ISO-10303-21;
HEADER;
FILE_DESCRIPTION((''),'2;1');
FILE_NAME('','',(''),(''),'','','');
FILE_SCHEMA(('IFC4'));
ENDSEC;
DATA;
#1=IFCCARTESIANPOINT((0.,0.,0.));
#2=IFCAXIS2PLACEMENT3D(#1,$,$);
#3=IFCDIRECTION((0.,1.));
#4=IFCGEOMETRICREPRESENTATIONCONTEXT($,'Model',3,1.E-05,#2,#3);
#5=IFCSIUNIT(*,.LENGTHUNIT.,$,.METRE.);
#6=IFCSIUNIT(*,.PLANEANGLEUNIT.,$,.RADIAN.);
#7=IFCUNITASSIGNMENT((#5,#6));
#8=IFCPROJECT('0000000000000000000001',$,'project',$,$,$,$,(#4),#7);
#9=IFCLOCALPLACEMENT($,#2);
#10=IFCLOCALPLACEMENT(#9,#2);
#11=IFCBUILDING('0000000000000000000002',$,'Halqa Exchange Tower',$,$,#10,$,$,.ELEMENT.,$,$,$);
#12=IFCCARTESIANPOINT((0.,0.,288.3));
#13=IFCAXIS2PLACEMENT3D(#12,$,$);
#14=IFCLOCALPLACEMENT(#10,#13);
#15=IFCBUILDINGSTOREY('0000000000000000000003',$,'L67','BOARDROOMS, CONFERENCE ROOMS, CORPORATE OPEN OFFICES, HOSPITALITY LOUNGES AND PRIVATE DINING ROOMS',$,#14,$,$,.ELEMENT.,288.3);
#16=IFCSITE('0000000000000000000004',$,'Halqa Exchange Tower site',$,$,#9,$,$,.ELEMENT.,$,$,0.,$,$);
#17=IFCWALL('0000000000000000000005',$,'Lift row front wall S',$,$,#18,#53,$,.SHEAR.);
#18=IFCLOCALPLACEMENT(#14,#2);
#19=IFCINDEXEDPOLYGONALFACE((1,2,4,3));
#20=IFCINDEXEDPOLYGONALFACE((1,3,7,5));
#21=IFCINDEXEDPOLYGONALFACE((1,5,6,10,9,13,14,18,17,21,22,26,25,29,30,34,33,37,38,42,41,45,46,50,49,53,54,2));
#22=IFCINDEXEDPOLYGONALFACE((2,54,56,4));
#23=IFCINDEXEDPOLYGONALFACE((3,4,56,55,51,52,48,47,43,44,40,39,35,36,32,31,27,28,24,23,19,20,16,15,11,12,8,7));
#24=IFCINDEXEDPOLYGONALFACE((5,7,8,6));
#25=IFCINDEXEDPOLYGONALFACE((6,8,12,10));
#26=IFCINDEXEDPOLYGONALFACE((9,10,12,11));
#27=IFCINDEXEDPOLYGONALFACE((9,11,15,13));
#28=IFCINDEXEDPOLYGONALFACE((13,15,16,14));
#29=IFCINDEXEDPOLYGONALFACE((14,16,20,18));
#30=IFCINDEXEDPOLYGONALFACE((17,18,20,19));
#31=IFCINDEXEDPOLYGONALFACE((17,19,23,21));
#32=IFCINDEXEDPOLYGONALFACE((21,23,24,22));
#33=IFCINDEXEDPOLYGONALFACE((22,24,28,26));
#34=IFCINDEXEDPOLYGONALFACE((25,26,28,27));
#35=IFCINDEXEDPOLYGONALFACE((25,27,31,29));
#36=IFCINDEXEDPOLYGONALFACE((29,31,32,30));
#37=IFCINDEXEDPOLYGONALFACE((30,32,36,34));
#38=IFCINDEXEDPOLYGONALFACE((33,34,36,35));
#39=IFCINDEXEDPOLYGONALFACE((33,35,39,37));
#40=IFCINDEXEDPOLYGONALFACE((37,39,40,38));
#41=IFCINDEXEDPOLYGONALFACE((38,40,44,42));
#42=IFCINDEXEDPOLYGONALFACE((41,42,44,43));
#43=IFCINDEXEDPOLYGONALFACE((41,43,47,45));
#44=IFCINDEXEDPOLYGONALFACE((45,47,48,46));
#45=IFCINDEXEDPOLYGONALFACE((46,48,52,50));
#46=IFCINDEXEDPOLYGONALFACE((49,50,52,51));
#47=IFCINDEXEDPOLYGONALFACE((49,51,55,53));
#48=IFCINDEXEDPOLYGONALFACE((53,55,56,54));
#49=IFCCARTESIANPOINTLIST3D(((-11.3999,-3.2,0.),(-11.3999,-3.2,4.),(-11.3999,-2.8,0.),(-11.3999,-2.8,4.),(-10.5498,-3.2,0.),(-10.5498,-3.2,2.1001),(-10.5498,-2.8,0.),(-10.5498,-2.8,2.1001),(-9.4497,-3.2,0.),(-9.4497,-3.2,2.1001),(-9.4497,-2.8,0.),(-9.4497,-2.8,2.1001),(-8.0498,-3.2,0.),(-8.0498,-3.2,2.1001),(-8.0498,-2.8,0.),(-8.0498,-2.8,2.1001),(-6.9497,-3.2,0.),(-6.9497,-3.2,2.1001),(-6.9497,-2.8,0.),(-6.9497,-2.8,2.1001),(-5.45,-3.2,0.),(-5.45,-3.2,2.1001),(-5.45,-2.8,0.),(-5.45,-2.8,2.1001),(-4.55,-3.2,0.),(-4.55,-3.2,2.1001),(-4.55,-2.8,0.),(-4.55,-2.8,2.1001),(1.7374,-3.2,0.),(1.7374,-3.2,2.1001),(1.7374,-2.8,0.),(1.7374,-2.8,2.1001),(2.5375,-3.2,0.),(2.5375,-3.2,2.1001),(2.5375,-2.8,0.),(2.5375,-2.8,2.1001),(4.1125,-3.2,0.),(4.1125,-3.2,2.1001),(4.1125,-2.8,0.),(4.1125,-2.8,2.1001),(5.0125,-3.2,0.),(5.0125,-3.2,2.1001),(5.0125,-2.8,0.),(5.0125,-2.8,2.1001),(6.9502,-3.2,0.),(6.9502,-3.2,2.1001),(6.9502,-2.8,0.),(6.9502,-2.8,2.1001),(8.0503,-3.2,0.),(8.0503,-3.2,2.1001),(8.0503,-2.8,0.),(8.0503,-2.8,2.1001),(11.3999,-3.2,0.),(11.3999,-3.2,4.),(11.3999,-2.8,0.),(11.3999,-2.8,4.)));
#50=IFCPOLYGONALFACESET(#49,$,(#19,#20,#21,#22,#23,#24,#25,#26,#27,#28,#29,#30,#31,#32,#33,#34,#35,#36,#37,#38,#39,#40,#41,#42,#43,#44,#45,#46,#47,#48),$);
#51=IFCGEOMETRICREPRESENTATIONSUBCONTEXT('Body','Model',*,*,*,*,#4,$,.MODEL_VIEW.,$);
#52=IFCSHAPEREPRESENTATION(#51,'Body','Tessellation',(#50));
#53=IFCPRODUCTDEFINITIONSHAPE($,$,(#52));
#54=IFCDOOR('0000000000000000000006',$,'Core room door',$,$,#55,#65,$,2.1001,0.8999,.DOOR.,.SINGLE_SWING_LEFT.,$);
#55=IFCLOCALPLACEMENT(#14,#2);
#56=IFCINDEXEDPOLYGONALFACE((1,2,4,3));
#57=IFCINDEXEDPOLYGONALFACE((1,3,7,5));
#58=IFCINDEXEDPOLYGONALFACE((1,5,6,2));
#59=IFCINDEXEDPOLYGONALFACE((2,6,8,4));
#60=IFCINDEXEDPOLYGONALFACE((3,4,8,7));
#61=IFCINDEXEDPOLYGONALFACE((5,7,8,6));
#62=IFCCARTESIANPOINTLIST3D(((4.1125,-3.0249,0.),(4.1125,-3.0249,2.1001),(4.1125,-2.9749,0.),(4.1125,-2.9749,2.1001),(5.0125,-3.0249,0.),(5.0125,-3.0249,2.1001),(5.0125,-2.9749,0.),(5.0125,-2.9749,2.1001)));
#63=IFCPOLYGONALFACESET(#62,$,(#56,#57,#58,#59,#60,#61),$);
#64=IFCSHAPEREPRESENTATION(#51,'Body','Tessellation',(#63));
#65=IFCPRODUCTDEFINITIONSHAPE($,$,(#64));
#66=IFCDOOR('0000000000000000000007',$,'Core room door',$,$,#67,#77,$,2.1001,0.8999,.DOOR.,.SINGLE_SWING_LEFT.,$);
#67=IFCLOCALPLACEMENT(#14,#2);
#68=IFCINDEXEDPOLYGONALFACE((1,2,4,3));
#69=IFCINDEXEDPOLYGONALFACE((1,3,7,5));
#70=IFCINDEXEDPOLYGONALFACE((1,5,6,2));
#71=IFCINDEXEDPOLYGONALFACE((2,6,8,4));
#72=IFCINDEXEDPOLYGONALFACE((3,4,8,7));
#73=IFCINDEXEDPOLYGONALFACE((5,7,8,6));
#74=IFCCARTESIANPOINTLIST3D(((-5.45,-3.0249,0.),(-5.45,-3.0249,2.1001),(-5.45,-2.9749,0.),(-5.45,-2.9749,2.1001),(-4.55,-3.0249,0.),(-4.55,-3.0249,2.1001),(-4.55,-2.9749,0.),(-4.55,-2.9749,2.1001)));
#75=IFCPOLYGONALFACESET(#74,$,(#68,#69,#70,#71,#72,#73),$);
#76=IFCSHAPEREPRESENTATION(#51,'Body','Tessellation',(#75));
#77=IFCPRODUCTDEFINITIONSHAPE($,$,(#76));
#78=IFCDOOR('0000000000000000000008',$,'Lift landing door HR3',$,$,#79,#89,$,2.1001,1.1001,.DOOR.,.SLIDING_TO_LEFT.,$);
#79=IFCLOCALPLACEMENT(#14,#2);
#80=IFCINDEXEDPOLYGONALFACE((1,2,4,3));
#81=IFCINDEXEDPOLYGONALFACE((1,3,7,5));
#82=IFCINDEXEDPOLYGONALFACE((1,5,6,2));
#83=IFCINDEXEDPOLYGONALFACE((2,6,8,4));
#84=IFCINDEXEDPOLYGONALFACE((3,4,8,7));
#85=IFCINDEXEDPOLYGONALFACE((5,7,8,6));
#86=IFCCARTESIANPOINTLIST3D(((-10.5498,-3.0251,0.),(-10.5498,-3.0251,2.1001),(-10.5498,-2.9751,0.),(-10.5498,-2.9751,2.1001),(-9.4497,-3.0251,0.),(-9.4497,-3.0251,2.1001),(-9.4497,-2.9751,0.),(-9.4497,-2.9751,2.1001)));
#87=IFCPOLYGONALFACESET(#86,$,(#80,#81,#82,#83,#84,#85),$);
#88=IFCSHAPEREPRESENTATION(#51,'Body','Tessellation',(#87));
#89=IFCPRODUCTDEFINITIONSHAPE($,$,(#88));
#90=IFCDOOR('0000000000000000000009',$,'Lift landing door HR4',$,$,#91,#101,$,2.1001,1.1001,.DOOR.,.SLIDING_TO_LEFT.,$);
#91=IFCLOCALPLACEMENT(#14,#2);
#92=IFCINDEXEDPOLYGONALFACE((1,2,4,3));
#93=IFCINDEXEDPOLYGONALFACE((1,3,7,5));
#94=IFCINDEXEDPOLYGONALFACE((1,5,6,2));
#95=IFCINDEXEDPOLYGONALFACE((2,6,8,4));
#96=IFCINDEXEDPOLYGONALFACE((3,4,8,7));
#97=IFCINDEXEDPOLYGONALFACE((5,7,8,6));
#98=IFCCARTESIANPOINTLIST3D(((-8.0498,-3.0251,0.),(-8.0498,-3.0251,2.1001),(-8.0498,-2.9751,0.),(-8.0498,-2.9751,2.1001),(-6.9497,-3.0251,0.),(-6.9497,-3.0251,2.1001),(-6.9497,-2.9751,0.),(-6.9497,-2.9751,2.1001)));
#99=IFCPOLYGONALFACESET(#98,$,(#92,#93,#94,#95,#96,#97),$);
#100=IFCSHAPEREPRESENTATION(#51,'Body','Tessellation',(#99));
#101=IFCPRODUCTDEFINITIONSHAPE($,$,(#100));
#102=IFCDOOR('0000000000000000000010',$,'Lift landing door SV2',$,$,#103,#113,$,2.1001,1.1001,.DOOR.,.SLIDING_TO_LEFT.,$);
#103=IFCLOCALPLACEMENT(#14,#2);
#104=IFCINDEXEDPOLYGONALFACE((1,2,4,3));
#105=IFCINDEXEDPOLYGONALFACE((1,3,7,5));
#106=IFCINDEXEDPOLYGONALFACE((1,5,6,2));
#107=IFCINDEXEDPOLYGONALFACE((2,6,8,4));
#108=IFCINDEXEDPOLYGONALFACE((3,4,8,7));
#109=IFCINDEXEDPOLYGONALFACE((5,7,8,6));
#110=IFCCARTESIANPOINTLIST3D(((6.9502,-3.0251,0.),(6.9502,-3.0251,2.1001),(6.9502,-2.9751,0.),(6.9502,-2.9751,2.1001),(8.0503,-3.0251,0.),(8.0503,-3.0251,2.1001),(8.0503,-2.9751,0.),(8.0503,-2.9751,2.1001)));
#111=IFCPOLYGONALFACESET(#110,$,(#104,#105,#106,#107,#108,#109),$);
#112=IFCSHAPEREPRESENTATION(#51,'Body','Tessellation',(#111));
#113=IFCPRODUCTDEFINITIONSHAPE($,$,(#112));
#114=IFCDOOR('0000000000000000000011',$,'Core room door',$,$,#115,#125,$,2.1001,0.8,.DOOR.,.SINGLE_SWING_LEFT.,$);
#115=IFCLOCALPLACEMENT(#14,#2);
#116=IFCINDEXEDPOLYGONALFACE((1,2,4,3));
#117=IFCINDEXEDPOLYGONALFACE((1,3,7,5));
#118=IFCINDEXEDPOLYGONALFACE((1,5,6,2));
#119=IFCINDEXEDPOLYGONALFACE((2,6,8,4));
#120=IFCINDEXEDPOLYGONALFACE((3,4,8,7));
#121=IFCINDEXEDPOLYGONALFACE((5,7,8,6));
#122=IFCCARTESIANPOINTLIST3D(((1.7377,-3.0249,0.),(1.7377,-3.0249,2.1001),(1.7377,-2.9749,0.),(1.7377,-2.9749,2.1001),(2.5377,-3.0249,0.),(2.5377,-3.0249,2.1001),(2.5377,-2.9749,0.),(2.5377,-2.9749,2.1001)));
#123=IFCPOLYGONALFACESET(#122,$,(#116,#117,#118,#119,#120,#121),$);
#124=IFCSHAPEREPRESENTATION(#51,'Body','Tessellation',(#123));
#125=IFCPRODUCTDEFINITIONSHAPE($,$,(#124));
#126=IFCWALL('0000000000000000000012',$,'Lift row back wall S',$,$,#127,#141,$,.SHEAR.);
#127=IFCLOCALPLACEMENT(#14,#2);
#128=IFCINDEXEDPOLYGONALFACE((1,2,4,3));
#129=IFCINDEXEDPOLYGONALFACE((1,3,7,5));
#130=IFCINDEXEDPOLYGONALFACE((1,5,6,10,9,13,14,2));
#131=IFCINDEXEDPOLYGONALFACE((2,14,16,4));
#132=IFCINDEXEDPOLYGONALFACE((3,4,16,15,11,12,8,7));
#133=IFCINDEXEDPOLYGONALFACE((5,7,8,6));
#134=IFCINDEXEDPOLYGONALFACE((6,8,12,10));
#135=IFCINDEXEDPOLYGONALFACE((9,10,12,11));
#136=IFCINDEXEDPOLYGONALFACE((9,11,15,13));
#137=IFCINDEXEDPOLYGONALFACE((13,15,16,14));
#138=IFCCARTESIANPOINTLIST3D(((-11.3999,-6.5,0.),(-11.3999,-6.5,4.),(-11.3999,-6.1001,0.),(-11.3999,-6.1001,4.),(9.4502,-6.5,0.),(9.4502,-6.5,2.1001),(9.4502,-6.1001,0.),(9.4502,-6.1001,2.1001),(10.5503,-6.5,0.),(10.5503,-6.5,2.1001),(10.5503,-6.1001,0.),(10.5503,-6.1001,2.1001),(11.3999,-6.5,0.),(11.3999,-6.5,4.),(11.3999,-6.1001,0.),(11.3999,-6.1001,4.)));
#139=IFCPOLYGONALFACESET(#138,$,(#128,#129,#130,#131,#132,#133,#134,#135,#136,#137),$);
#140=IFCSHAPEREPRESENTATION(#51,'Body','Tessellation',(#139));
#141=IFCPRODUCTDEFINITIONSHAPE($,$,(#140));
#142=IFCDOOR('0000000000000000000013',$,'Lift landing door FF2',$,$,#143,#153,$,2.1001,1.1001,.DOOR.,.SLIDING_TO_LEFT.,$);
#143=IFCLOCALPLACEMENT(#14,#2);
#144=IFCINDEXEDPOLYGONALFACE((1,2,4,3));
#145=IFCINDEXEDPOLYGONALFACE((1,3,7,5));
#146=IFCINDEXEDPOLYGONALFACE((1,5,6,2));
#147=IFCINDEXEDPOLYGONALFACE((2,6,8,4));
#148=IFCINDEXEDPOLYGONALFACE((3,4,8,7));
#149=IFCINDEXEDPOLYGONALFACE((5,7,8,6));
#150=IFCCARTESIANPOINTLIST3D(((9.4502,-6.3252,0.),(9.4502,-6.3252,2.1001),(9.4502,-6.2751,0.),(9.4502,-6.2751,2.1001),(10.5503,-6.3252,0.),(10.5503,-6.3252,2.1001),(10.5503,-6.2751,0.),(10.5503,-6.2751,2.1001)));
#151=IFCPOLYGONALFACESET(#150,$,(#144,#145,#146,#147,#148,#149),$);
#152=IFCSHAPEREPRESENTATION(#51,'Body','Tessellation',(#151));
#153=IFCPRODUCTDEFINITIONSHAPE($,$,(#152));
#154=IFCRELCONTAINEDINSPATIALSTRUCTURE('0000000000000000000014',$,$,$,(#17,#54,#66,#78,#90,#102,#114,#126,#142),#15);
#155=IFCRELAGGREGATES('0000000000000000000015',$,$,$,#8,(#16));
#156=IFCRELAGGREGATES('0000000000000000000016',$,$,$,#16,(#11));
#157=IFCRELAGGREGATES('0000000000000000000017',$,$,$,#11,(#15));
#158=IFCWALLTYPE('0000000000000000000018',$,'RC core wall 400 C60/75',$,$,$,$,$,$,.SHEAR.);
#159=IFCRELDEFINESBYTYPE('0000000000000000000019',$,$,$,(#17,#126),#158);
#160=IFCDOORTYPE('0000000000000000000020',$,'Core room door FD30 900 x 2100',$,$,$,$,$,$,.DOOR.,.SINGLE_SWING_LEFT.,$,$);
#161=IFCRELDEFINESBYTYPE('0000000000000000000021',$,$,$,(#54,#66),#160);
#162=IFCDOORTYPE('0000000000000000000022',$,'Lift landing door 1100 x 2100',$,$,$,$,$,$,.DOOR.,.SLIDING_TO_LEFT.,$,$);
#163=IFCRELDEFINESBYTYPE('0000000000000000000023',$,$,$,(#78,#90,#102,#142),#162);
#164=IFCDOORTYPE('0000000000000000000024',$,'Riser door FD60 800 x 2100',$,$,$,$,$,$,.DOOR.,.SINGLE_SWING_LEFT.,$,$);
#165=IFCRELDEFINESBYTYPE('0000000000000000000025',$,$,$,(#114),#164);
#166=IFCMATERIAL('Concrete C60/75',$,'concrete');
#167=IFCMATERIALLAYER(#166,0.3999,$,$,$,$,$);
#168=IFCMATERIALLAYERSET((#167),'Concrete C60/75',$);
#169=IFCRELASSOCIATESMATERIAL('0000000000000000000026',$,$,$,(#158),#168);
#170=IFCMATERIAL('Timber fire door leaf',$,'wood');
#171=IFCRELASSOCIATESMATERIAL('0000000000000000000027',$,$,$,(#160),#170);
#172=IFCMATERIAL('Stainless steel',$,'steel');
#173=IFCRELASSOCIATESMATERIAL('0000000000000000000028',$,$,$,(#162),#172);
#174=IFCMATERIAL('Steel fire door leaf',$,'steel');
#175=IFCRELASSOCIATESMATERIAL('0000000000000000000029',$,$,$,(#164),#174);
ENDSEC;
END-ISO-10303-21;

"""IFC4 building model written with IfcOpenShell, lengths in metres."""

from ifc_helpers import new_model, si_unit, direction, frame, frame_2d, origin, place, context, subcontext, project, spatial, rectangle, extrude, material, layer, layer_set, type_object, element, fill, save


model = new_model("IFC4")

# Units and contexts
model_context = context("Model", 3, precision=1e-05, world=origin(), true_north=direction((0.0, 1.0)))
body_context = subcontext(model_context, "Body", "Model", "MODEL_VIEW")
ifc_project = project(units=[si_unit("LENGTHUNIT", "METRE"), si_unit("PLANEANGLEUNIT", "RADIAN")], contexts=[model_context])

# Site, building, storey
site_placement = place(None, origin())
site = spatial("IfcSite", under=ifc_project, at=site_placement, Name="Halqa Exchange Tower site", CompositionType="ELEMENT", RefElevation=0.0)
building_placement = place(site_placement, origin())
building = spatial("IfcBuilding", under=site, at=building_placement, Name="Halqa Exchange Tower", CompositionType="ELEMENT")
storey_placement = place(building_placement, frame((0.0, 0.0, 288.3)))
storey = spatial("IfcBuildingStorey", under=building, at=storey_placement, Name="L67", Description="BOARDROOMS, CONFERENCE ROOMS, CORPORATE OPEN OFFICES, HOSPITALITY LOUNGES AND PRIVATE DINING ROOMS", CompositionType="ELEMENT", Elevation=288.3)

# Shared definitions
ifc_material_1 = material(Name="Concrete C60/75", Category="concrete")

# Wall, openings, doors
ifc_layer_1 = layer(ifc_material_1, 0.3999)
ifc_layer_set_1 = layer_set([ifc_layer_1], Name="Concrete C60/75")
wall_type_1 = type_object("IfcWallType", Name="RC core wall 400 C60/75", PredefinedType="SHEAR", material=ifc_layer_set_1)
wall_1_placement = place(storey_placement, frame((-11.3999, -3.0, 0.0), z_axis=(0.0, 0.0, 1.0), x_axis=(1.0, 0.0, 0.0)))
wall_1 = element("IfcWall", 1, at=wall_1_placement, inside=storey, type_object=wall_type_1, Name="Lift row front wall S", PredefinedType="SHEAR", context=body_context, shape_type="SweptSolid", body=[
    extrude(rectangle(XDim=22.7998, YDim=0.3999, at=frame_2d((11.3999, 0.0))), origin(), (0.0, 0.0, 1.0), 4.0),
])
opening_1_placement = place(wall_1_placement, frame((0.8501, 0.0, 0.0)))
opening_1 = element("IfcOpeningElement", 2, at=opening_1_placement, cuts=wall_1, PredefinedType="OPENING", context=body_context, shape_type="SweptSolid", body=[
    extrude(rectangle(XDim=1.1001, YDim=2.1001, at=frame_2d((0.55, 1.05))), frame((0.0, 0.2119, 0.0), z_axis=(0.0, -1.0, 0.0), x_axis=(1.0, 0.0, 0.0)), (0.0, 0.0, 1.0), 0.4238),
])
opening_2_placement = place(wall_1_placement, frame((3.3501, 0.0, 0.0)))
opening_2 = element("IfcOpeningElement", 3, at=opening_2_placement, cuts=wall_1, PredefinedType="OPENING", context=body_context, shape_type="SweptSolid", body=[
    extrude(rectangle(XDim=1.1001, YDim=2.1001, at=frame_2d((0.55, 1.05))), frame((0.0, 0.2119, 0.0), z_axis=(0.0, -1.0, 0.0), x_axis=(1.0, 0.0, 0.0)), (0.0, 0.0, 1.0), 0.4238),
])
opening_3_placement = place(wall_1_placement, frame((18.3501, 0.0, 0.0)))
opening_3 = element("IfcOpeningElement", 4, at=opening_3_placement, cuts=wall_1, PredefinedType="OPENING", context=body_context, shape_type="SweptSolid", body=[
    extrude(rectangle(XDim=1.1001, YDim=2.1001, at=frame_2d((0.55, 1.05))), frame((0.0, 0.2119, 0.0), z_axis=(0.0, -1.0, 0.0), x_axis=(1.0, 0.0, 0.0)), (0.0, 0.0, 1.0), 0.4238),
])
opening_4_placement = place(wall_1_placement, frame((13.1375, 0.0, 0.0)))
opening_4 = element("IfcOpeningElement", 5, at=opening_4_placement, cuts=wall_1, PredefinedType="OPENING", context=body_context, shape_type="SweptSolid", body=[
    extrude(rectangle(XDim=0.8, YDim=2.1001, at=frame_2d((0.3999, 1.05))), frame((0.0, 0.2119, 0.0), z_axis=(0.0, -1.0, 0.0), x_axis=(1.0, 0.0, 0.0)), (0.0, 0.0, 1.0), 0.4238),
])
opening_5_placement = place(wall_1_placement, frame((15.5125, 0.0, 0.0)))
opening_5 = element("IfcOpeningElement", 6, at=opening_5_placement, cuts=wall_1, PredefinedType="OPENING", context=body_context, shape_type="SweptSolid", body=[
    extrude(rectangle(XDim=0.8999, YDim=2.1001, at=frame_2d((0.45, 1.05))), frame((0.0, 0.2119, 0.0), z_axis=(0.0, -1.0, 0.0), x_axis=(1.0, 0.0, 0.0)), (0.0, 0.0, 1.0), 0.4238),
])
opening_6_placement = place(wall_1_placement, frame((5.95, 0.0, 0.0)))
opening_6 = element("IfcOpeningElement", 7, at=opening_6_placement, cuts=wall_1, PredefinedType="OPENING", context=body_context, shape_type="SweptSolid", body=[
    extrude(rectangle(XDim=0.8999, YDim=2.1001, at=frame_2d((0.45, 1.05))), frame((0.0, 0.2119, 0.0), z_axis=(0.0, -1.0, 0.0), x_axis=(1.0, 0.0, 0.0)), (0.0, 0.0, 1.0), 0.4238),
])
ifc_material_2 = material(Name="Timber fire door leaf", Category="wood")
door_type_1 = type_object("IfcDoorType", Name="Core room door FD30 900 x 2100", OperationType="SINGLE_SWING_LEFT", PredefinedType="DOOR", material=ifc_material_2)
door_1_placement = place(opening_5_placement, frame((0.8999, 0.0, 0.0), z_axis=(0.0, 0.0, 1.0), x_axis=(-1.0, 0.0, 0.0)))
door_1 = element("IfcDoor", 8, at=door_1_placement, inside=storey, type_object=door_type_1, Name="Core room door", OperationType="SINGLE_SWING_LEFT", OverallHeight=2.1001, OverallWidth=0.8999, PredefinedType="DOOR", context=body_context, shape_type="SweptSolid", body=[
    extrude(rectangle(XDim=0.8999, YDim=2.1001, at=frame_2d((0.45, 1.05))), frame((0.0, 0.0249, 0.0), z_axis=(0.0, -1.0, 0.0), x_axis=(1.0, 0.0, 0.0)), (0.0, 0.0, 1.0), 0.05),
])
fill(opening_5, door_1)
door_2_placement = place(opening_6_placement, frame((0.8999, 0.0, 0.0), z_axis=(0.0, 0.0, 1.0), x_axis=(-1.0, 0.0, 0.0)))
door_2 = element("IfcDoor", 9, at=door_2_placement, inside=storey, type_object=door_type_1, Name="Core room door", OperationType="SINGLE_SWING_LEFT", OverallHeight=2.1001, OverallWidth=0.8999, PredefinedType="DOOR", context=body_context, shape_type="SweptSolid", body=[
    extrude(rectangle(XDim=0.8999, YDim=2.1001, at=frame_2d((0.45, 1.05))), frame((0.0, 0.0249, 0.0), z_axis=(0.0, -1.0, 0.0), x_axis=(1.0, 0.0, 0.0)), (0.0, 0.0, 1.0), 0.05),
])
fill(opening_6, door_2)
ifc_material_3 = material(Name="Stainless steel", Category="steel")
door_type_2 = type_object("IfcDoorType", Name="Lift landing door 1100 x 2100", OperationType="SLIDING_TO_LEFT", PredefinedType="DOOR", material=ifc_material_3)
door_3_placement = place(opening_1_placement, origin())
door_3 = element("IfcDoor", 10, at=door_3_placement, inside=storey, type_object=door_type_2, Name="Lift landing door HR3", OperationType="SLIDING_TO_LEFT", OverallHeight=2.1001, OverallWidth=1.1001, PredefinedType="DOOR", context=body_context, shape_type="SweptSolid", body=[
    extrude(rectangle(XDim=1.1001, YDim=2.1001, at=frame_2d((0.55, 1.05))), frame((0.0, 0.0249, 0.0), z_axis=(0.0, -1.0, 0.0), x_axis=(1.0, 0.0, 0.0)), (0.0, 0.0, 1.0), 0.05),
])
fill(opening_1, door_3)
door_4_placement = place(opening_2_placement, origin())
door_4 = element("IfcDoor", 11, at=door_4_placement, inside=storey, type_object=door_type_2, Name="Lift landing door HR4", OperationType="SLIDING_TO_LEFT", OverallHeight=2.1001, OverallWidth=1.1001, PredefinedType="DOOR", context=body_context, shape_type="SweptSolid", body=[
    extrude(rectangle(XDim=1.1001, YDim=2.1001, at=frame_2d((0.55, 1.05))), frame((0.0, 0.0249, 0.0), z_axis=(0.0, -1.0, 0.0), x_axis=(1.0, 0.0, 0.0)), (0.0, 0.0, 1.0), 0.05),
])
fill(opening_2, door_4)
door_5_placement = place(opening_3_placement, origin())
door_5 = element("IfcDoor", 12, at=door_5_placement, inside=storey, type_object=door_type_2, Name="Lift landing door SV2", OperationType="SLIDING_TO_LEFT", OverallHeight=2.1001, OverallWidth=1.1001, PredefinedType="DOOR", context=body_context, shape_type="SweptSolid", body=[
    extrude(rectangle(XDim=1.1001, YDim=2.1001, at=frame_2d((0.55, 1.05))), frame((0.0, 0.0249, 0.0), z_axis=(0.0, -1.0, 0.0), x_axis=(1.0, 0.0, 0.0)), (0.0, 0.0, 1.0), 0.05),
])
fill(opening_3, door_5)
ifc_material_4 = material(Name="Steel fire door leaf", Category="steel")
door_type_3 = type_object("IfcDoorType", Name="Riser door FD60 800 x 2100", OperationType="SINGLE_SWING_LEFT", PredefinedType="DOOR", material=ifc_material_4)
door_6_placement = place(opening_4_placement, frame((0.8, 0.0, 0.0), z_axis=(0.0, 0.0, 1.0), x_axis=(-1.0, 0.0, 0.0)))
door_6 = element("IfcDoor", 13, at=door_6_placement, inside=storey, type_object=door_type_3, Name="Core room door", OperationType="SINGLE_SWING_LEFT", OverallHeight=2.1001, OverallWidth=0.8, PredefinedType="DOOR", context=body_context, shape_type="SweptSolid", body=[
    extrude(rectangle(XDim=0.8, YDim=2.1001, at=frame_2d((0.3999, 1.05))), frame((0.0, 0.0249, 0.0), z_axis=(0.0, -1.0, 0.0), x_axis=(1.0, 0.0, 0.0)), (0.0, 0.0, 1.0), 0.05),
])
fill(opening_4, door_6)

# Wall, opening, door
wall_2_placement = place(storey_placement, frame((-11.3999, -6.3, 0.0), z_axis=(0.0, 0.0, 1.0), x_axis=(1.0, 0.0, 0.0)))
wall_2 = element("IfcWall", 14, at=wall_2_placement, inside=storey, type_object=wall_type_1, Name="Lift row back wall S", PredefinedType="SHEAR", context=body_context, shape_type="SweptSolid", body=[
    extrude(rectangle(XDim=22.7998, YDim=0.3999, at=frame_2d((11.3999, 0.0))), origin(), (0.0, 0.0, 1.0), 4.0),
])
opening_7_placement = place(wall_2_placement, frame((20.8501, 0.0, 0.0)))
opening_7 = element("IfcOpeningElement", 15, at=opening_7_placement, cuts=wall_2, PredefinedType="OPENING", context=body_context, shape_type="SweptSolid", body=[
    extrude(rectangle(XDim=1.1001, YDim=2.1001, at=frame_2d((0.55, 1.05))), frame((0.0, 0.2119, 0.0), z_axis=(0.0, -1.0, 0.0), x_axis=(1.0, 0.0, 0.0)), (0.0, 0.0, 1.0), 0.4238),
])
door_7_placement = place(opening_7_placement, origin())
door_7 = element("IfcDoor", 16, at=door_7_placement, inside=storey, type_object=door_type_2, Name="Lift landing door FF2", OperationType="SLIDING_TO_LEFT", OverallHeight=2.1001, OverallWidth=1.1001, PredefinedType="DOOR", context=body_context, shape_type="SweptSolid", body=[
    extrude(rectangle(XDim=1.1001, YDim=2.1001, at=frame_2d((0.55, 1.05))), frame((0.0, 0.0249, 0.0), z_axis=(0.0, -1.0, 0.0), x_axis=(1.0, 0.0, 0.0)), (0.0, 0.0, 1.0), 0.05),
])
fill(opening_7, door_7)

save(model, "model.ifc")
